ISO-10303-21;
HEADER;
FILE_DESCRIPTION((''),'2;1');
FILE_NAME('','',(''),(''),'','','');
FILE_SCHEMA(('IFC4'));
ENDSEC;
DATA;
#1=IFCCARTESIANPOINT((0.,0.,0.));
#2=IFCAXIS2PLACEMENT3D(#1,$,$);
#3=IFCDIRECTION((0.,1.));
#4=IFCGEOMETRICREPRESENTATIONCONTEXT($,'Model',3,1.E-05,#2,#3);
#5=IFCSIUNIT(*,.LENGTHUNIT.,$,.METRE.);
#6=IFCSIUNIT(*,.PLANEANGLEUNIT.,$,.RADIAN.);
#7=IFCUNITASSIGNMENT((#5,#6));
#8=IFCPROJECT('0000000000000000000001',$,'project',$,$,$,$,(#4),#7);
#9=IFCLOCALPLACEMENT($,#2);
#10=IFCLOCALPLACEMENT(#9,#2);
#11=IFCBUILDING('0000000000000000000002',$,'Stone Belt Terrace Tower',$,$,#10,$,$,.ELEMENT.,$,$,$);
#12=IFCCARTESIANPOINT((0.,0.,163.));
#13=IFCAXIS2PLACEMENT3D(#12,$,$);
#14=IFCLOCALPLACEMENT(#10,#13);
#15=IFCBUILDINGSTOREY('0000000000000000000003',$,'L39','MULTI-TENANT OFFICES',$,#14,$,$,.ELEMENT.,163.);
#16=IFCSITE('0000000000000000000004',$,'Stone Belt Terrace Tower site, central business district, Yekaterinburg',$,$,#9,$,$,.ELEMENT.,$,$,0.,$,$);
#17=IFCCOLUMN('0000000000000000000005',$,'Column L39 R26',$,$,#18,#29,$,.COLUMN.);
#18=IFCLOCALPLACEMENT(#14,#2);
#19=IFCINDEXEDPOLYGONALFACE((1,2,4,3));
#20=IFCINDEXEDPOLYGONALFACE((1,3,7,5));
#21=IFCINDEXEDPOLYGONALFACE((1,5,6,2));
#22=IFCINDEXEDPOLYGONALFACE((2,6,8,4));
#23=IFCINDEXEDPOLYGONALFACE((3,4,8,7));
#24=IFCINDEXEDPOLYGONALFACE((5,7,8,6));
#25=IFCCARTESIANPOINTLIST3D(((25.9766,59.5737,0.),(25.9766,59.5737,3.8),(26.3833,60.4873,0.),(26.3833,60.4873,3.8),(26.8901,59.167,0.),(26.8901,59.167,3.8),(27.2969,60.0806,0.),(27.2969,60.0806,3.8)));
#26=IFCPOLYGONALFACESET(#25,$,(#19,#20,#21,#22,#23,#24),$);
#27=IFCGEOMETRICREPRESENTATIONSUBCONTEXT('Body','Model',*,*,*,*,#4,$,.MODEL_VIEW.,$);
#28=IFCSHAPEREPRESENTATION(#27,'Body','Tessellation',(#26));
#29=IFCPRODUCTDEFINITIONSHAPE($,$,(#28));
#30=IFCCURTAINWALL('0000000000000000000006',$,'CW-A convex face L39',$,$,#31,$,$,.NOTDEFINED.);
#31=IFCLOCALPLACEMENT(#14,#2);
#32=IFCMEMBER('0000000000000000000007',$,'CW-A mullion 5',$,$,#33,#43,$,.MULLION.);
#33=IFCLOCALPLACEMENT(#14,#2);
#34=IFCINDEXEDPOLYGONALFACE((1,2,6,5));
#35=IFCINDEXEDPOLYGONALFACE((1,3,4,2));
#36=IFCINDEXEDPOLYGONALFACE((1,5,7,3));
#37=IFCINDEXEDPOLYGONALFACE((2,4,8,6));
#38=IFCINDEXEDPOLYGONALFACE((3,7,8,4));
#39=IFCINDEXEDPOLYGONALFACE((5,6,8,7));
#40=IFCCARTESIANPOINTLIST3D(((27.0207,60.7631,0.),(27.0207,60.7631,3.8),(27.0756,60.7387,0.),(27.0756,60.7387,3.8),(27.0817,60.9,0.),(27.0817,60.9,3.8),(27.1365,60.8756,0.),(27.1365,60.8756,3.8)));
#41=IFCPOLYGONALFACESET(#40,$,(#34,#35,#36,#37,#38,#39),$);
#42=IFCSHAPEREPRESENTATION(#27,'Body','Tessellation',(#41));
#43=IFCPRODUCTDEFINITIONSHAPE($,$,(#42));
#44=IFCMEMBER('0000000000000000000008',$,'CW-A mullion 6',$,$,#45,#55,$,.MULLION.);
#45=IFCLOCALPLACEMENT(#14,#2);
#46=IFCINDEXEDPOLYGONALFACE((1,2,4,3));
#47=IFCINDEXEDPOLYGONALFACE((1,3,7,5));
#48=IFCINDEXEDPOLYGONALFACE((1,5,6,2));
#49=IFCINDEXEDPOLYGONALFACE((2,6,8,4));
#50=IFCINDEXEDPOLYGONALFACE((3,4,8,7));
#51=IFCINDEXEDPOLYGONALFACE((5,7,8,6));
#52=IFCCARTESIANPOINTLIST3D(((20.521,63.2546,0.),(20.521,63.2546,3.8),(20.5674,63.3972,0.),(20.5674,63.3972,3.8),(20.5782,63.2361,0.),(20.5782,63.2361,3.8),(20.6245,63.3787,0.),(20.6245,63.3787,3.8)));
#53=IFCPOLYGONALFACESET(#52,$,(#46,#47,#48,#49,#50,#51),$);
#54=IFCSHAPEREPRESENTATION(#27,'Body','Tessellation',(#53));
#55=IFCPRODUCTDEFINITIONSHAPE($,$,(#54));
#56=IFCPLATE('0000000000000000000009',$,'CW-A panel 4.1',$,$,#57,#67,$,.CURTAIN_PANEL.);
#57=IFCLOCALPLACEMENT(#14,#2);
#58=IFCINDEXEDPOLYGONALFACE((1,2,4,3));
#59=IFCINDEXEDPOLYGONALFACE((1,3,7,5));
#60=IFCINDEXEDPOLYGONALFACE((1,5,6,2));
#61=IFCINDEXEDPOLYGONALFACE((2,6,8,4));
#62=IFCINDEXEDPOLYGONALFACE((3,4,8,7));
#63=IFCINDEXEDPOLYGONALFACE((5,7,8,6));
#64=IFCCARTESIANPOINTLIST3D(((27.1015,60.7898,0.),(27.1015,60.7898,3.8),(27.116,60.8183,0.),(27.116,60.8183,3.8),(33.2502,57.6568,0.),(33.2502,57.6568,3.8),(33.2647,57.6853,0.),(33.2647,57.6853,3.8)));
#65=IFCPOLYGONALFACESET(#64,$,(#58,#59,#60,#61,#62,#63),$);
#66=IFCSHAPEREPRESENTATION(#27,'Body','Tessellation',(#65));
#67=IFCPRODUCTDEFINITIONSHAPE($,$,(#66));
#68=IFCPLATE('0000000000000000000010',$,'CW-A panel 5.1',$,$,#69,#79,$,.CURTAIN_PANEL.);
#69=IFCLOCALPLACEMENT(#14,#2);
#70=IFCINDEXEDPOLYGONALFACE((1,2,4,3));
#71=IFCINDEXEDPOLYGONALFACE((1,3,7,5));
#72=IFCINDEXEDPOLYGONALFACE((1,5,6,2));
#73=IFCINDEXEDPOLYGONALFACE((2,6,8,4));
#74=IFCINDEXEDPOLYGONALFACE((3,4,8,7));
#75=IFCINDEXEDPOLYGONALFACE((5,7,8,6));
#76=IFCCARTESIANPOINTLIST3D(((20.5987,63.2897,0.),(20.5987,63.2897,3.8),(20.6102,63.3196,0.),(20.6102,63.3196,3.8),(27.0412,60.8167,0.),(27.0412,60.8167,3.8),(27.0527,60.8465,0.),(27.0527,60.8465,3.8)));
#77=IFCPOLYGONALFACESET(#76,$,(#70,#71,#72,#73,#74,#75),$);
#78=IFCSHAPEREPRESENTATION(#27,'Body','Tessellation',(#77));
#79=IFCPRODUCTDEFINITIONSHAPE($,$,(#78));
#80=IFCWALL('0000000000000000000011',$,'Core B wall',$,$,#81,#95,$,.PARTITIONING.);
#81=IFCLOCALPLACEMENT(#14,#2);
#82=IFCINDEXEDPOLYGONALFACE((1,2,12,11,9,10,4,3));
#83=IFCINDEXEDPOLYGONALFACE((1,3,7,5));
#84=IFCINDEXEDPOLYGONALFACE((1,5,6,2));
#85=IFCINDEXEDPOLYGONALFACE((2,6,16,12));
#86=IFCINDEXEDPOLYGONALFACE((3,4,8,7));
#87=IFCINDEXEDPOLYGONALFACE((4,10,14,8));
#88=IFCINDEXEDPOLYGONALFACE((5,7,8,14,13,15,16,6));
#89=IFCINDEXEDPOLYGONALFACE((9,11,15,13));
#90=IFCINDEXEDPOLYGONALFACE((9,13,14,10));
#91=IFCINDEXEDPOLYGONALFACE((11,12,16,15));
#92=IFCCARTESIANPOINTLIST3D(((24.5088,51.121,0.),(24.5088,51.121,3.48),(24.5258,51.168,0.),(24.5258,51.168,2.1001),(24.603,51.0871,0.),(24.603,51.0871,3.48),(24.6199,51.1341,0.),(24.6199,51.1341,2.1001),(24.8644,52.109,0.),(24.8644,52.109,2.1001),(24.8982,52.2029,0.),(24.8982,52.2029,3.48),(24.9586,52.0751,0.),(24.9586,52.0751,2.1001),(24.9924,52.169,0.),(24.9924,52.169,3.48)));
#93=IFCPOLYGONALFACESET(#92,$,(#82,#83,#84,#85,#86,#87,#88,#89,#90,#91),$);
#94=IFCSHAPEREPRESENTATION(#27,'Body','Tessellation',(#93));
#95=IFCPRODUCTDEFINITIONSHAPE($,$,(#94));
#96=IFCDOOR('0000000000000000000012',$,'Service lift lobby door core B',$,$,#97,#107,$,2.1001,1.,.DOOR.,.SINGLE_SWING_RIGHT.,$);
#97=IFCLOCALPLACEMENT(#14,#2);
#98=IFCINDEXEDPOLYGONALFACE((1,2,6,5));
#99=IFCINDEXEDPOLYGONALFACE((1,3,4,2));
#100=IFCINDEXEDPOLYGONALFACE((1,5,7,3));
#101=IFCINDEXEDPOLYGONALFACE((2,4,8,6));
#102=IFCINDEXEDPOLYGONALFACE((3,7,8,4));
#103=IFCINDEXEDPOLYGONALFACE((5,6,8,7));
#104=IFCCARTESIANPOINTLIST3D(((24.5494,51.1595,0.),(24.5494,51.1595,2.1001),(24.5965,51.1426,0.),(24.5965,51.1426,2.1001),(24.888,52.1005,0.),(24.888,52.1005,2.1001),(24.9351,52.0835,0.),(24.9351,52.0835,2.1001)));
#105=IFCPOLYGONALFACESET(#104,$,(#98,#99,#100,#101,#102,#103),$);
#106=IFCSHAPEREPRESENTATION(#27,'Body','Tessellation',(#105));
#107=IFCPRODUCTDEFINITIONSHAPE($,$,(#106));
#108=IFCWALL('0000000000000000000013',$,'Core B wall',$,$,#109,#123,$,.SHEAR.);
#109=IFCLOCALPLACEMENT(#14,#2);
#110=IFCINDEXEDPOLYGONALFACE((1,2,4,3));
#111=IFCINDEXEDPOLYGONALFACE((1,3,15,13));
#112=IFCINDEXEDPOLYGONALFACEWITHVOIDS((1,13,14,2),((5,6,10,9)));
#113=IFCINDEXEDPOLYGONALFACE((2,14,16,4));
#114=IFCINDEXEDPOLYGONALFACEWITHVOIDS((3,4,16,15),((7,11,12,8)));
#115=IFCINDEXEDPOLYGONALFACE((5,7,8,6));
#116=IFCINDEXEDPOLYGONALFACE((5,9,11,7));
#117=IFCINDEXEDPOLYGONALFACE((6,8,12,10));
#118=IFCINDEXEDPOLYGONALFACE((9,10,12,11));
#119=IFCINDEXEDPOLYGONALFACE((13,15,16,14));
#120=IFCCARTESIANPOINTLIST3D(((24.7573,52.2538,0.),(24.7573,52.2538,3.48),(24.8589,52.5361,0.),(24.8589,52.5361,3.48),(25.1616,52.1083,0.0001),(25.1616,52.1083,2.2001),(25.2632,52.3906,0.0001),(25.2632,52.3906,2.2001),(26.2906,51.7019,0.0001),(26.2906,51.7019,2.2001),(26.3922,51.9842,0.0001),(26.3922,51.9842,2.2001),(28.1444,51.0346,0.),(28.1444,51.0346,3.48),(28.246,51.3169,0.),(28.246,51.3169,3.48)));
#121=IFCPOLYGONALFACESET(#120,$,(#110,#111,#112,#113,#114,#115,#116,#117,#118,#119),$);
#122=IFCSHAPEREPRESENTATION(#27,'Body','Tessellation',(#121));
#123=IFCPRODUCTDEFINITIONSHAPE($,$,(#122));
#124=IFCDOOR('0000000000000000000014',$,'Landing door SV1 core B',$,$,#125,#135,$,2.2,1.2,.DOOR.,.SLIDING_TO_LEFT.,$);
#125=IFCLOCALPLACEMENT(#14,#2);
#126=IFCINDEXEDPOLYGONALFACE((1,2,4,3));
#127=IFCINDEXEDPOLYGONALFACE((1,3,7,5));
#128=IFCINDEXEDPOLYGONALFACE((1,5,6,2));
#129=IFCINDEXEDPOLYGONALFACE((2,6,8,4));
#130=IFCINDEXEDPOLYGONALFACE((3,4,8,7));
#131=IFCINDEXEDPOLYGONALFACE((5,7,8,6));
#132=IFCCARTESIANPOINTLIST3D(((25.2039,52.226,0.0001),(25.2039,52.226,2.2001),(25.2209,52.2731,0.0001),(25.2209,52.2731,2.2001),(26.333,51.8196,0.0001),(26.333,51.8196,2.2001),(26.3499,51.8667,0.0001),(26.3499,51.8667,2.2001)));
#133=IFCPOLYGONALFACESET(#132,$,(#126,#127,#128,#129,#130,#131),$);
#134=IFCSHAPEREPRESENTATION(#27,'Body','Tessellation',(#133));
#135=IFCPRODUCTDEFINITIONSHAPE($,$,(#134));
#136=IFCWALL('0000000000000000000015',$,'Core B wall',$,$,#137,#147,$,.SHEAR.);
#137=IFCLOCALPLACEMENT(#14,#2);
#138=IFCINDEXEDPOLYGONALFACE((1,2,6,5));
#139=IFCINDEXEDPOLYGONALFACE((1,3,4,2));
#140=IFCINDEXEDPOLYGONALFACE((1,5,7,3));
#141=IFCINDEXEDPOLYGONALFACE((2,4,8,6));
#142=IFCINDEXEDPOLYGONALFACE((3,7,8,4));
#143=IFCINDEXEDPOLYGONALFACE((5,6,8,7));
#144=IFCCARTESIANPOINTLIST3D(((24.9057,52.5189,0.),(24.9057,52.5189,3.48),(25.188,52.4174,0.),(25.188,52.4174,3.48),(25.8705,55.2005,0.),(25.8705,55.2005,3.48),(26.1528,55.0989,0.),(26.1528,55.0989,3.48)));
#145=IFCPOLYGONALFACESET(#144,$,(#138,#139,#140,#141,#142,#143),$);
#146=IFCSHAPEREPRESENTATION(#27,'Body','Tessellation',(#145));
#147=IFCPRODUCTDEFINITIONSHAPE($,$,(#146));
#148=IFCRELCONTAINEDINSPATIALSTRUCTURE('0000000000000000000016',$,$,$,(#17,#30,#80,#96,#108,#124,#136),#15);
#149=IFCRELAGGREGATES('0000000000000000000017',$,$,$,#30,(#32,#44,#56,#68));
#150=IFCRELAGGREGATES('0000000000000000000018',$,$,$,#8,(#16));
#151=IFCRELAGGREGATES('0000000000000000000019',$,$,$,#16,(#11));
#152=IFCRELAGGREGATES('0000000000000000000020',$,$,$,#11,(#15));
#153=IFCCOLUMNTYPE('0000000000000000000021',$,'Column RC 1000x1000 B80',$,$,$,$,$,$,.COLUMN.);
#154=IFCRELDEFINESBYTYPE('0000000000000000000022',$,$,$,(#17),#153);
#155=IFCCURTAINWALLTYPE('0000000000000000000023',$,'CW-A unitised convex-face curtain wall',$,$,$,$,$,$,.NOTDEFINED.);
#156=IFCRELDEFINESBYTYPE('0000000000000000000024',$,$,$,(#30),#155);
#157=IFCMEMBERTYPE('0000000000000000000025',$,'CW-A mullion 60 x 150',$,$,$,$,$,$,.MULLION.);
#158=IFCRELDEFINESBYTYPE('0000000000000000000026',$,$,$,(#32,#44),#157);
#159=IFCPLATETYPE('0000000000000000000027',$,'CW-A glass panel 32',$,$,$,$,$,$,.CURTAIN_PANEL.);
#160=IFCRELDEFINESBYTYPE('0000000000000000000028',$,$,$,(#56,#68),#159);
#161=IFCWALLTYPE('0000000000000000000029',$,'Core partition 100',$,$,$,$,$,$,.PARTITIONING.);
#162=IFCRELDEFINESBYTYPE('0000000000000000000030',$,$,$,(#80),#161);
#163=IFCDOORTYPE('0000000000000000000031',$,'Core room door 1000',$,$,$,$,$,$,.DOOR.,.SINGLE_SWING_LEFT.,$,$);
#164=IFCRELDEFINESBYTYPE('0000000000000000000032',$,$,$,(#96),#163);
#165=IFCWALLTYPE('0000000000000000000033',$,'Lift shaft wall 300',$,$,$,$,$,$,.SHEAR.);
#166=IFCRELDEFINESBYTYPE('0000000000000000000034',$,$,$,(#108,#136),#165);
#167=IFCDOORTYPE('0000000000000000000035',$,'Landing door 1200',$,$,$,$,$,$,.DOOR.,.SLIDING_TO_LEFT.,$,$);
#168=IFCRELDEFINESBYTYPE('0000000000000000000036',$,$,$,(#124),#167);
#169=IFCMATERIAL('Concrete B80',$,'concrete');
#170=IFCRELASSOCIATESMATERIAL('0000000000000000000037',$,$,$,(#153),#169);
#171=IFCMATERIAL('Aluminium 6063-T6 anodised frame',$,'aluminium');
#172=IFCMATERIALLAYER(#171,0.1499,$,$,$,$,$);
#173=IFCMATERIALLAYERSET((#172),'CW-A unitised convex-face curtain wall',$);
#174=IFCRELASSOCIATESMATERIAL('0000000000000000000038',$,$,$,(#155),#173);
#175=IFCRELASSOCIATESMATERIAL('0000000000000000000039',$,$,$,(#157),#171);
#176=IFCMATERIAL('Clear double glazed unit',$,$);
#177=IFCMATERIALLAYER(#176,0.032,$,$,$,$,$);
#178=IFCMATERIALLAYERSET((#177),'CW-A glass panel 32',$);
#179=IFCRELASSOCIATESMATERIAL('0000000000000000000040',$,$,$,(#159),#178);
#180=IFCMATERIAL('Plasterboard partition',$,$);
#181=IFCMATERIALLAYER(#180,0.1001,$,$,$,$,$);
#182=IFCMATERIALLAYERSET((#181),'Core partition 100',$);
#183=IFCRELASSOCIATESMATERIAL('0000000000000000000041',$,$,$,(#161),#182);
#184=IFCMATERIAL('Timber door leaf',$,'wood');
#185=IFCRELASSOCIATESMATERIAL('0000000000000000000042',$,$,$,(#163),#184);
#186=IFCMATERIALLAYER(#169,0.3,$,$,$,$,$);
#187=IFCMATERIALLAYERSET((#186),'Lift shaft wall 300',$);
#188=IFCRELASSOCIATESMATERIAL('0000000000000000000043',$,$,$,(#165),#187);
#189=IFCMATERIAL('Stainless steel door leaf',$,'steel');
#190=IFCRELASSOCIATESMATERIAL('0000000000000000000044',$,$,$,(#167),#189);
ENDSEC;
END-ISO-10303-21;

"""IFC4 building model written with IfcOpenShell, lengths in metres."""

from ifc_helpers import new_model, si_unit, direction, frame, frame_2d, origin, origin_2d, place, context, subcontext, project, spatial, rectangle, extrude, material, layer, layer_set, material_profile, profile_set, type_object, element, fill, aggregate, save


model = new_model("IFC4")

# Units and contexts
model_context = context("Model", 3, precision=1e-05, world=origin(), true_north=direction((0.0, 1.0)))
body_context = subcontext(model_context, "Body", "Model", "MODEL_VIEW")
ifc_project = project(units=[si_unit("LENGTHUNIT", "METRE"), si_unit("PLANEANGLEUNIT", "RADIAN")], contexts=[model_context])

# Site, building, storey
site_placement = place(None, origin())
site = spatial("IfcSite", under=ifc_project, at=site_placement, Name="Stone Belt Terrace Tower site, central business district, Yekaterinburg", CompositionType="ELEMENT", RefElevation=0.0)
building_placement = place(site_placement, origin())
building = spatial("IfcBuilding", under=site, at=building_placement, Name="Stone Belt Terrace Tower", CompositionType="ELEMENT")
storey_placement = place(building_placement, frame((0.0, 0.0, 163.0)))
storey = spatial("IfcBuildingStorey", under=building, at=storey_placement, Name="L39", Description="MULTI-TENANT OFFICES", CompositionType="ELEMENT", Elevation=163.0)

# Column
ifc_material_1 = material(Name="Concrete B80", Category="concrete")
ifc_material_profile_1 = material_profile(ifc_material_1, rectangle(XDim=1.0, YDim=1.0, at=origin_2d()), Name="RC 1000x1000")
ifc_profile_set_1 = profile_set([ifc_material_profile_1], Name="Concrete B80")
column_type = type_object("IfcColumnType", Name="Column RC 1000x1000 B80", PredefinedType="COLUMN", material=ifc_profile_set_1)
column_placement = place(storey_placement, frame((26.6367, 59.8271, 0.0), z_axis=(0.0, 0.0, 1.0), x_axis=(0.913545, -0.406737, 0.0)))
element("IfcColumn", 1, at=column_placement, inside=storey, type_object=column_type, Name="Column L39 R26", PredefinedType="COLUMN", context=body_context, shape_type="SweptSolid", body=[
    extrude(rectangle(XDim=1.0, YDim=1.0, at=origin_2d()), origin(), (0.0, 0.0, 1.0), 3.8),
])

# Curtain wall, members, plates
ifc_material_2 = material(Name="Aluminium 6063-T6 anodised frame", Category="aluminium")
ifc_layer_1 = layer(ifc_material_2, 0.1499)
ifc_layer_set_1 = layer_set([ifc_layer_1], Name="CW-A unitised convex-face curtain wall")
curtain_wall_type = type_object("IfcCurtainWallType", Name="CW-A unitised convex-face curtain wall", PredefinedType="NOTDEFINED", material=ifc_layer_set_1)
curtain_wall_placement = place(storey_placement, origin())
curtain_wall = element("IfcCurtainWall", 2, at=curtain_wall_placement, inside=storey, type_object=curtain_wall_type, Name="CW-A convex face L39", PredefinedType="NOTDEFINED")
ifc_material_profile_2 = material_profile(ifc_material_2, rectangle(XDim=0.1499, YDim=0.0601, at=origin_2d()), Name="Aluminium 6063-T6 60x150")
ifc_profile_set_2 = profile_set([ifc_material_profile_2], Name="Aluminium 6063-T6 anodised frame")
member_type = type_object("IfcMemberType", Name="CW-A mullion 60 x 150", PredefinedType="MULLION", material=ifc_profile_set_2)
member_1_placement = place(storey_placement, frame((27.0786, 60.8193, 0.0), z_axis=(0.0, 0.0, 1.0), x_axis=(-0.406737, -0.913545, 0.0)))
member_1 = element("IfcMember", 3, at=member_1_placement, type_object=member_type, Name="CW-A mullion 5", PredefinedType="MULLION", context=body_context, shape_type="SweptSolid", body=[
    extrude(rectangle(XDim=0.1499, YDim=0.0601, at=origin_2d()), origin(), (0.0, 0.0, 1.0), 3.8),
])
member_2_placement = place(storey_placement, frame((20.5728, 63.3167, 0.0), z_axis=(0.0, 0.0, 1.0), x_axis=(-0.309017, -0.951057, 0.0)))
member_2 = element("IfcMember", 4, at=member_2_placement, type_object=member_type, Name="CW-A mullion 6", PredefinedType="MULLION", context=body_context, shape_type="SweptSolid", body=[
    extrude(rectangle(XDim=0.1499, YDim=0.0601, at=origin_2d()), origin(), (0.0, 0.0, 1.0), 3.8),
])
ifc_material_3 = material(Name="Clear double glazed unit")
ifc_layer_2 = layer(ifc_material_3, 0.032)
ifc_layer_set_2 = layer_set([ifc_layer_2], Name="CW-A glass panel 32")
plate_type = type_object("IfcPlateType", Name="CW-A glass panel 32", PredefinedType="CURTAIN_PANEL", material=ifc_layer_set_2)
plate_1_placement = place(storey_placement, frame((30.1831, 59.2375, 0.0), z_axis=(0.0, 0.0, 1.0), x_axis=(-0.891007, 0.45399, 0.0)))
plate_1 = element("IfcPlate", 5, at=plate_1_placement, type_object=plate_type, Name="CW-A panel 4.1", PredefinedType="CURTAIN_PANEL", context=body_context, shape_type="SweptSolid", body=[
    extrude(rectangle(XDim=6.9009, YDim=0.032, at=origin_2d()), origin(), (0.0, 0.0, 1.0), 3.8),
])
plate_2_placement = place(storey_placement, frame((23.8257, 62.0681, 0.0), z_axis=(0.0, 0.0, 1.0), x_axis=(-0.93358, 0.358368, 0.0)))
plate_2 = element("IfcPlate", 6, at=plate_2_placement, type_object=plate_type, Name="CW-A panel 5.1", PredefinedType="CURTAIN_PANEL", context=body_context, shape_type="SweptSolid", body=[
    extrude(rectangle(XDim=6.9009, YDim=0.032, at=origin_2d()), origin(), (0.0, 0.0, 1.0), 3.8),
])
aggregate(curtain_wall, [member_1, member_2, plate_1, plate_2])

# Walls, openings, doors
ifc_material_4 = material(Name="Plasterboard partition")
ifc_layer_3 = layer(ifc_material_4, 0.1001)
ifc_layer_set_3 = layer_set([ifc_layer_3], Name="Core partition 100")
wall_type_1 = type_object("IfcWallType", Name="Core partition 100", PredefinedType="PARTITIONING", material=ifc_layer_set_3)
wall_1_placement = place(storey_placement, frame((24.5559, 51.104, 0.0), z_axis=(0.0, 0.0, 1.0), x_axis=(0.338622, 0.940923, 0.0)))
wall_1 = element("IfcWall", 7, at=wall_1_placement, inside=storey, type_object=wall_type_1, Name="Core B wall", PredefinedType="PARTITIONING", context=body_context, shape_type="SweptSolid", body=[
    extrude(rectangle(XDim=1.1499, YDim=0.1001, at=frame_2d((0.575, 0.0))), origin(), (0.0, 0.0, 1.0), 3.48),
])
opening_1_placement = place(wall_1_placement, frame((0.05, 0.0, 0.0)))
opening_1 = element("IfcOpeningElement", 8, at=opening_1_placement, cuts=wall_1, PredefinedType="OPENING", context=body_context, shape_type="SweptSolid", body=[
    extrude(rectangle(XDim=1.0, YDim=2.1001, at=frame_2d((0.5, 1.05))), frame((0.0, 0.0601, 0.0), z_axis=(0.0, -1.0, 0.0), x_axis=(1.0, 0.0, 0.0)), (0.0, 0.0, 1.0), 0.1201),
])
ifc_material_5 = material(Name="Timber door leaf", Category="wood")
door_type_1 = type_object("IfcDoorType", Name="Core room door 1000", OperationType="SINGLE_SWING_LEFT", PredefinedType="DOOR", material=ifc_material_5)
door_1_placement = place(opening_1_placement, origin())
door_1 = element("IfcDoor", 9, at=door_1_placement, inside=storey, type_object=door_type_1, Name="Service lift lobby door core B", OperationType="SINGLE_SWING_RIGHT", OverallHeight=2.1001, OverallWidth=1.0, PredefinedType="DOOR", context=body_context, shape_type="SweptSolid", body=[
    extrude(rectangle(XDim=1.0, YDim=2.1001, at=frame_2d((0.5, 1.05))), frame((0.0, 0.0249, 0.0), z_axis=(0.0, -1.0, 0.0), x_axis=(1.0, 0.0, 0.0)), (0.0, 0.0, 1.0), 0.05),
])
fill(opening_1, door_1)
ifc_layer_4 = layer(ifc_material_1, 0.3)
ifc_layer_set_4 = layer_set([ifc_layer_4], Name="Lift shaft wall 300")
wall_type_2 = type_object("IfcWallType", Name="Lift shaft wall 300", PredefinedType="SHEAR", material=ifc_layer_set_4)
wall_2_placement = place(storey_placement, frame((28.1951, 51.1758, 0.0), z_axis=(0.0, 0.0, 1.0), x_axis=(-0.940901, 0.338681, 0.0)))
wall_2 = element("IfcWall", 10, at=wall_2_placement, inside=storey, type_object=wall_type_2, Name="Core B wall", PredefinedType="SHEAR", context=body_context, shape_type="SweptSolid", body=[
    extrude(rectangle(XDim=3.5999, YDim=0.3, at=frame_2d((1.7998, 0.0))), origin(), (0.0, 0.0, 1.0), 3.48),
])
opening_2_placement = place(wall_2_placement, frame((1.97, 0.0, 0.0)))
opening_2 = element("IfcOpeningElement", 11, at=opening_2_placement, cuts=wall_2, PredefinedType="OPENING", context=body_context, shape_type="SweptSolid", body=[
    extrude(rectangle(XDim=1.2, YDim=2.2, at=frame_2d((0.6001, 1.1001))), frame((0.0, 0.1599, 0.0), z_axis=(0.0, -1.0, 0.0), x_axis=(1.0, 0.0, 0.0)), (0.0, 0.0, 1.0), 0.3201),
])
ifc_material_6 = material(Name="Stainless steel door leaf", Category="steel")
door_type_2 = type_object("IfcDoorType", Name="Landing door 1200", OperationType="SLIDING_TO_LEFT", PredefinedType="DOOR", material=ifc_material_6)
door_2_placement = place(opening_2_placement, origin())
door_2 = element("IfcDoor", 12, at=door_2_placement, inside=storey, type_object=door_type_2, Name="Landing door SV1 core B", OperationType="SLIDING_TO_LEFT", OverallHeight=2.2, OverallWidth=1.2, PredefinedType="DOOR", context=body_context, shape_type="SweptSolid", body=[
    extrude(rectangle(XDim=1.2, YDim=2.2, at=frame_2d((0.6001, 1.1001))), frame((0.0, 0.0249, 0.0), z_axis=(0.0, -1.0, 0.0), x_axis=(1.0, 0.0, 0.0)), (0.0, 0.0, 1.0), 0.05),
])
fill(opening_2, door_2)

# Wall
wall_3_placement = place(storey_placement, frame((25.0469, 52.4683, 0.0), z_axis=(0.0, 0.0, 1.0), x_axis=(0.33855, 0.940949, 0.0)))
element("IfcWall", 13, at=wall_3_placement, inside=storey, type_object=wall_type_2, Name="Core B wall", PredefinedType="SHEAR", context=body_context, shape_type="SweptSolid", body=[
    extrude(rectangle(XDim=2.8499, YDim=0.3, at=frame_2d((1.4248, 0.0))), origin(), (0.0, 0.0, 1.0), 3.48),
])

save(model, "model.ifc")
